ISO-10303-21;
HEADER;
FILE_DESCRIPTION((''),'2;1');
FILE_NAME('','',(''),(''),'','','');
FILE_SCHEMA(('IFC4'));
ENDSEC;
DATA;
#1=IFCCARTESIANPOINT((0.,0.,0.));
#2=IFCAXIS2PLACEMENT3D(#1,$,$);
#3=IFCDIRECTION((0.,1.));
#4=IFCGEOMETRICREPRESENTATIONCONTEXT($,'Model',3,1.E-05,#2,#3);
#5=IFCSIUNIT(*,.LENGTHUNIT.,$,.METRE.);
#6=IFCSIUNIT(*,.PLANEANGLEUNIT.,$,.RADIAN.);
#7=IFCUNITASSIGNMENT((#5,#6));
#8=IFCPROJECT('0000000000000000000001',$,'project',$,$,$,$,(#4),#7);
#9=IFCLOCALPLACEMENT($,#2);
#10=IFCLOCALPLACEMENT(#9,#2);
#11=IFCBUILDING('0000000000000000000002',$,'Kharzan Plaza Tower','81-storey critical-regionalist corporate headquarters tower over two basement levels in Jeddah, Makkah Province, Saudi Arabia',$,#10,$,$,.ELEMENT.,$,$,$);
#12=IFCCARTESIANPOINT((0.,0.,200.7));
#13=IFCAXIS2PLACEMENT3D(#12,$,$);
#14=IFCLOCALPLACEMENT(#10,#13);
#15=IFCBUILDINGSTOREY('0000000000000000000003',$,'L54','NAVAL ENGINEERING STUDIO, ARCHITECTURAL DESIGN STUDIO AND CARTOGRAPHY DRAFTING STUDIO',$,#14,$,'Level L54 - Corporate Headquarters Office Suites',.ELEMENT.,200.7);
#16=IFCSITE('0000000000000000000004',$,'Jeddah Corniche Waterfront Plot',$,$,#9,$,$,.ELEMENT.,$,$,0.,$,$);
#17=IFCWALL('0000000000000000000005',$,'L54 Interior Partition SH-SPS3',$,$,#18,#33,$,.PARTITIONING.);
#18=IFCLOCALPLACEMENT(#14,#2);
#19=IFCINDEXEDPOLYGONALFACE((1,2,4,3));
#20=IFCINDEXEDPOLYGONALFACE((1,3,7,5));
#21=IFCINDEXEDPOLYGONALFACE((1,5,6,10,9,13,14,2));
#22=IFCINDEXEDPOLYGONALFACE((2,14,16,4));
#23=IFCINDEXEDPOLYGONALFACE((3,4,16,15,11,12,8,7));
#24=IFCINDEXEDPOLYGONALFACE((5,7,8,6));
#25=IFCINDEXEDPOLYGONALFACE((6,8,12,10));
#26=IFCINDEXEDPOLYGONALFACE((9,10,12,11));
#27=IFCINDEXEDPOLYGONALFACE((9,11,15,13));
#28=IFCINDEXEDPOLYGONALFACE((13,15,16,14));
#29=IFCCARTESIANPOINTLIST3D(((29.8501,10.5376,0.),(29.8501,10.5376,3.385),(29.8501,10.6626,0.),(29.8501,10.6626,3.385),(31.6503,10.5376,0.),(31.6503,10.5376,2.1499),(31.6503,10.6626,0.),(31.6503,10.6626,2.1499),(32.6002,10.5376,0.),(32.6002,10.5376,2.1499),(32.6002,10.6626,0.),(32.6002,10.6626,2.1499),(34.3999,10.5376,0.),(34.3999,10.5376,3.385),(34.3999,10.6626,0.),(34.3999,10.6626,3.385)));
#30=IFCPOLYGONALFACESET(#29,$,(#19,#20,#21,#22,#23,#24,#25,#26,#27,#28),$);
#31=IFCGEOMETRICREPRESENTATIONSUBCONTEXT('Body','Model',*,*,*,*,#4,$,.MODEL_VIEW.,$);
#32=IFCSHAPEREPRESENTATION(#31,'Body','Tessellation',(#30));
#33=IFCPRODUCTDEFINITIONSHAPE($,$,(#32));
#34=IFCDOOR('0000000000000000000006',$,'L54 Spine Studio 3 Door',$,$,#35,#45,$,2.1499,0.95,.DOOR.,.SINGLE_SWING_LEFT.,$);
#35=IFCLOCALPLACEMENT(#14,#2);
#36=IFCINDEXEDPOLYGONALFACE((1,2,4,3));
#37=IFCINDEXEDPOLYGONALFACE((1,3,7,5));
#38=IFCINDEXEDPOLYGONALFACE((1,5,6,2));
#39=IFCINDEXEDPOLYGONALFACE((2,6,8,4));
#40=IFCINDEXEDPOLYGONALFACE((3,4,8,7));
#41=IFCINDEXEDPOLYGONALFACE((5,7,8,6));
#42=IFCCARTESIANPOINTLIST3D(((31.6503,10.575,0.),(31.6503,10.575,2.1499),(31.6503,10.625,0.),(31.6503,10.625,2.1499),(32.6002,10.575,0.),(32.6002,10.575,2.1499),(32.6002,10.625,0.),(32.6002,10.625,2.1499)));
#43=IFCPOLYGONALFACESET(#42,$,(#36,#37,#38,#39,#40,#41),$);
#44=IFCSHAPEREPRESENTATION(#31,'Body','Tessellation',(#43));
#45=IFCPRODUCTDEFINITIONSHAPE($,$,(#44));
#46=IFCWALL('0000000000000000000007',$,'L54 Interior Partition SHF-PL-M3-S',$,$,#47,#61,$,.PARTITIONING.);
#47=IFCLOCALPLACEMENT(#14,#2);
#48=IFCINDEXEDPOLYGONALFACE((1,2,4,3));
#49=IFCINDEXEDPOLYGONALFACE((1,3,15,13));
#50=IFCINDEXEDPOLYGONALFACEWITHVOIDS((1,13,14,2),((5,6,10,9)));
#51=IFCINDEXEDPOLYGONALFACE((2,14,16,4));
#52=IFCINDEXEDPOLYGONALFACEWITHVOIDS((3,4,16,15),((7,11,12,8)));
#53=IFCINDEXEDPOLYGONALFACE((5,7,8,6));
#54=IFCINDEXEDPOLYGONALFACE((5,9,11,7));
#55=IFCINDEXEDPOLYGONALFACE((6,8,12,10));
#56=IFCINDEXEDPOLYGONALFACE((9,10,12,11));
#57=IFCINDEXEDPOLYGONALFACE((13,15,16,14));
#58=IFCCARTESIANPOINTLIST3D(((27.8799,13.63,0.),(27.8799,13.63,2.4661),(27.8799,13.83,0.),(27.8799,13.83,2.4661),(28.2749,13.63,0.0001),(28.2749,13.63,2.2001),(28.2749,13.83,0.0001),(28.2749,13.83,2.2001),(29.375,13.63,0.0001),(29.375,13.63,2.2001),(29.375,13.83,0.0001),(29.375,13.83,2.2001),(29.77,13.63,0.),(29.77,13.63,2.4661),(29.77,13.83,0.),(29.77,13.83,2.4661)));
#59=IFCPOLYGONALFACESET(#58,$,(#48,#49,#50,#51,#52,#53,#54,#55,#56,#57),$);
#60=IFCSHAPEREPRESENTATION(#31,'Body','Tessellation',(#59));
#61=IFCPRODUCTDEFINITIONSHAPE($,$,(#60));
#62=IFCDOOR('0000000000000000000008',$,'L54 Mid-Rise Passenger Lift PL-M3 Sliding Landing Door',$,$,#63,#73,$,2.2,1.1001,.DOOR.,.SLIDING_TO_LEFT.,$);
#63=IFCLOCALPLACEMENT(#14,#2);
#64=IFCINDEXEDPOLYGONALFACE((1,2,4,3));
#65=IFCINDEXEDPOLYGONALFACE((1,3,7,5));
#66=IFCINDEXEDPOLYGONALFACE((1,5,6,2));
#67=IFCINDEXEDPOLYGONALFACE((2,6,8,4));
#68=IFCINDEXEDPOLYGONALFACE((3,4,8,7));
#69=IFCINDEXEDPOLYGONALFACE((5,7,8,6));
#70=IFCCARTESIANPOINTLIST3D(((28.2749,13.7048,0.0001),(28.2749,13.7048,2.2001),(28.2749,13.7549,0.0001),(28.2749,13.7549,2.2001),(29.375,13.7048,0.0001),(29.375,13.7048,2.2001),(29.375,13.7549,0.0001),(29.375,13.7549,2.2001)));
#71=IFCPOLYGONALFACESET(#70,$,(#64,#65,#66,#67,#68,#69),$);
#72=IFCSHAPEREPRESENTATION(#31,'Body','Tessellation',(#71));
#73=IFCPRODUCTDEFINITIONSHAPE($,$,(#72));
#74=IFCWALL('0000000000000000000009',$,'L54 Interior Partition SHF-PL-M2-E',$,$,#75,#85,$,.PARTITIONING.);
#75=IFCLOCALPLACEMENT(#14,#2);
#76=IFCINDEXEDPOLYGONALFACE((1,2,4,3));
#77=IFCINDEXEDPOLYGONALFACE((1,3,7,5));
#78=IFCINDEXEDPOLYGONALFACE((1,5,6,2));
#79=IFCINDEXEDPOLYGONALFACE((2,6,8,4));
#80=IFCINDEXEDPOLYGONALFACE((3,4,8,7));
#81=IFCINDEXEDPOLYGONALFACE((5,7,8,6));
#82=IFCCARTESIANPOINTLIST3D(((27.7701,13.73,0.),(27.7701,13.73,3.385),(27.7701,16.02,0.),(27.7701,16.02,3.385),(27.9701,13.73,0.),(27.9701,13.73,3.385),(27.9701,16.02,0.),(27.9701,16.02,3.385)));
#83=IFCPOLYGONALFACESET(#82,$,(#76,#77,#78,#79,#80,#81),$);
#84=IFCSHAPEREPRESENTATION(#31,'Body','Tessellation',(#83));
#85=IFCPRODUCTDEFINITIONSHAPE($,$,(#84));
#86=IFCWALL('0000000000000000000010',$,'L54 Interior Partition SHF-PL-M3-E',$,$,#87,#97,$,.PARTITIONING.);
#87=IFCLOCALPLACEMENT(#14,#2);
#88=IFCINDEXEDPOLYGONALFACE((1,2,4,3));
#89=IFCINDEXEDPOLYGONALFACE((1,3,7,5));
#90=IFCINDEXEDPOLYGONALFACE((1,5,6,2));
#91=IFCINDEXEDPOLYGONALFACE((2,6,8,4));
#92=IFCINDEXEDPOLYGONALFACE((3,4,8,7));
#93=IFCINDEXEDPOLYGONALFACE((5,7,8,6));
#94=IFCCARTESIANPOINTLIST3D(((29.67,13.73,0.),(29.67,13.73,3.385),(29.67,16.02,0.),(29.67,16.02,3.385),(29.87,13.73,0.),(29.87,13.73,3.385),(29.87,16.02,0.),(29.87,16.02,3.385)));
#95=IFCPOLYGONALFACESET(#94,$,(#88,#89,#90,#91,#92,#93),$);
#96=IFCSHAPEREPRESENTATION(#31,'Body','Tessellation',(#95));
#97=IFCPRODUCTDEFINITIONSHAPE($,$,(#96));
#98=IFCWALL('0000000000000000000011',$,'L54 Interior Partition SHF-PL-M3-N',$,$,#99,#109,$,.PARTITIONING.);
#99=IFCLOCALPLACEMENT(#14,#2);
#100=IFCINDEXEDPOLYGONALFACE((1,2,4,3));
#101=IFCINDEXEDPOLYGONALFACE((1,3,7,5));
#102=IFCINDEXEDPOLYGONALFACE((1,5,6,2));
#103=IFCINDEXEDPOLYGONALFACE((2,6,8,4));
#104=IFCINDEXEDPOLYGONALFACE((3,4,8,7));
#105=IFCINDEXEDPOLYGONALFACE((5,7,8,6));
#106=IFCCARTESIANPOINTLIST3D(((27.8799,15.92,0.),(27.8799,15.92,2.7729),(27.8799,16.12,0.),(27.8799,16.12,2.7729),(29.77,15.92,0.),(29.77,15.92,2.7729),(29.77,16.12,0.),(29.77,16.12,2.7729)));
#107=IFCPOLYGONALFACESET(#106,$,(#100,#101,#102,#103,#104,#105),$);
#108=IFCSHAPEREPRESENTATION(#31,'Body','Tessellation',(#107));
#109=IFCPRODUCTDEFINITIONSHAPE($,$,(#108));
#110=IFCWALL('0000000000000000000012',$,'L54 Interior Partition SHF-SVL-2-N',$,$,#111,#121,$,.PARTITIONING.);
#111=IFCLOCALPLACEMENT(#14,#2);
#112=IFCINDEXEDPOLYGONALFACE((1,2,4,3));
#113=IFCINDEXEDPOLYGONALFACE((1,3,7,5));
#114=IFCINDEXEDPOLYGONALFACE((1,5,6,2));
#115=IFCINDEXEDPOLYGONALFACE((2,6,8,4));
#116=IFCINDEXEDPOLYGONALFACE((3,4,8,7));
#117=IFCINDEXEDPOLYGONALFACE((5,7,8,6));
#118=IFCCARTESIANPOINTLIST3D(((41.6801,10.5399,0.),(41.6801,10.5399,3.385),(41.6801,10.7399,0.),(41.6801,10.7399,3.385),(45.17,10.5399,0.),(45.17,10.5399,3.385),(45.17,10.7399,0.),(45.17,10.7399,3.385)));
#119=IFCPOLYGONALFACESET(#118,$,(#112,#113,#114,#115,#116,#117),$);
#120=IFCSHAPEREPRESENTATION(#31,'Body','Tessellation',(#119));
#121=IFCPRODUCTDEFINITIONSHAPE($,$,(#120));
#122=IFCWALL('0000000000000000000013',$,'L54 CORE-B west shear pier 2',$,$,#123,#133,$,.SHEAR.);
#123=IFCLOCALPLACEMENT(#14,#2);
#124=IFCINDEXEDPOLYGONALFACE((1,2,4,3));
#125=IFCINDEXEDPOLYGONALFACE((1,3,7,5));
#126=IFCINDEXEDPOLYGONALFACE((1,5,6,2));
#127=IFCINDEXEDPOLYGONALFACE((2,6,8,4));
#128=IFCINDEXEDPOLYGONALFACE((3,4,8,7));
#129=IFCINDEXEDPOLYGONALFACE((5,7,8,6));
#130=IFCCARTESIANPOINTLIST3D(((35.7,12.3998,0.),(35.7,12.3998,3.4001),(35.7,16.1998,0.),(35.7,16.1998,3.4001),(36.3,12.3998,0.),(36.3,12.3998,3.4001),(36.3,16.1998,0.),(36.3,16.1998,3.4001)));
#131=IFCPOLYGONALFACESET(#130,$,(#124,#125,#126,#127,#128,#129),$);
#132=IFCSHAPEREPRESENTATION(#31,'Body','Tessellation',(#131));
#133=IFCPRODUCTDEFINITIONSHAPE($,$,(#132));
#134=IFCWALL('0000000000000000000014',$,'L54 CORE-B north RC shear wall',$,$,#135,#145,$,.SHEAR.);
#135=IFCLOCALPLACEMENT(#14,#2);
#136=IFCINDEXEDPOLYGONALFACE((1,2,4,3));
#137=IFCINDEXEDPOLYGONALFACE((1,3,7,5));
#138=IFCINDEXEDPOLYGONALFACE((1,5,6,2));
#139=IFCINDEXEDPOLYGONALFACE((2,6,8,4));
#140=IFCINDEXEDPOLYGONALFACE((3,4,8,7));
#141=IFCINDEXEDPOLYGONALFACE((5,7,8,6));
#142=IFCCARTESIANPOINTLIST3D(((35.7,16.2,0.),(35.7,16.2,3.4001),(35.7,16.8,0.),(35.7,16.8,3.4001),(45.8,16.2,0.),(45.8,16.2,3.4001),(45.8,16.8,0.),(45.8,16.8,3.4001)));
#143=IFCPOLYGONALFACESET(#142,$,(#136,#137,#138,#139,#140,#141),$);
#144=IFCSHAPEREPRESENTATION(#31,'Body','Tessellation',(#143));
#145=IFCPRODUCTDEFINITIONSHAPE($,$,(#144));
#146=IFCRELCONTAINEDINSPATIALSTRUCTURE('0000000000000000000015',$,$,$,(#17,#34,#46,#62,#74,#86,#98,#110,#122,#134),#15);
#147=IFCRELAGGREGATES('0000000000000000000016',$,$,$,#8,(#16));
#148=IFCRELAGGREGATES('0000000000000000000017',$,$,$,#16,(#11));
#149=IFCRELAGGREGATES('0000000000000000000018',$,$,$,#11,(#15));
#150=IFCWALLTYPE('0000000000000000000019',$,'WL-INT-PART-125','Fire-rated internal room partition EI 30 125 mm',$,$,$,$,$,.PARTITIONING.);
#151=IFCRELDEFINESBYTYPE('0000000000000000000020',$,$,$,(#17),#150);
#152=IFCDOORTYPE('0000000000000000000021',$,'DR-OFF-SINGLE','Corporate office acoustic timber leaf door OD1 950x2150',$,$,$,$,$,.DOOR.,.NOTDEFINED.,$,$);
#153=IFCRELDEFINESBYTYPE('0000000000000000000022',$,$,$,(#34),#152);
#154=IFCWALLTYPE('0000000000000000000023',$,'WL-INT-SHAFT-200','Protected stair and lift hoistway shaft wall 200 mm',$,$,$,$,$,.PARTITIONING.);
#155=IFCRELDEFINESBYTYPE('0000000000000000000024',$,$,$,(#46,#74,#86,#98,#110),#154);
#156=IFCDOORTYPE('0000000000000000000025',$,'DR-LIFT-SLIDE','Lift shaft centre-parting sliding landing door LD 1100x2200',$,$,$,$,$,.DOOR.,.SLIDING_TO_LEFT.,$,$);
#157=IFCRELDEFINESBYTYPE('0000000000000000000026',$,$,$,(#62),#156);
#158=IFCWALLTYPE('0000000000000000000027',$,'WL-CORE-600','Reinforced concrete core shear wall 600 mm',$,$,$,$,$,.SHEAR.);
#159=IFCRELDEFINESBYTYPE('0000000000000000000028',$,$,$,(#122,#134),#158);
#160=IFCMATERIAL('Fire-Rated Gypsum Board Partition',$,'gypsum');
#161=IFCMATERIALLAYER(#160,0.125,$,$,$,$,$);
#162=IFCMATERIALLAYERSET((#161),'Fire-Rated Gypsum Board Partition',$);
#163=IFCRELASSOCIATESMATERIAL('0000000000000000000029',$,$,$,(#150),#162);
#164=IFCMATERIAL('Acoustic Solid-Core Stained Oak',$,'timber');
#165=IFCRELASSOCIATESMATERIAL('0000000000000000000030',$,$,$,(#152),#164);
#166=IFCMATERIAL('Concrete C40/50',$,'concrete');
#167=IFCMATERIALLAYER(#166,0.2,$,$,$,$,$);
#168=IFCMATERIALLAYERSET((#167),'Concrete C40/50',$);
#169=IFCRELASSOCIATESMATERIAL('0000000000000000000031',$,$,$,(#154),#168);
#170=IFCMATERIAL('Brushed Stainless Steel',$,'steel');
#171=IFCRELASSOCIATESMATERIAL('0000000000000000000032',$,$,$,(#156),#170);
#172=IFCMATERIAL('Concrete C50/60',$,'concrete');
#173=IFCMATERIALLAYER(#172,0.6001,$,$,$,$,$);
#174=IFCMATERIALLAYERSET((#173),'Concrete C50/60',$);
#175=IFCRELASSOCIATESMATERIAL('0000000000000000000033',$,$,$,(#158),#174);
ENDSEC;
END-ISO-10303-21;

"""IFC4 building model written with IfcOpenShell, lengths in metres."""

from ifc_helpers import new_model, si_unit, direction, frame, frame_2d, origin, place, context, subcontext, project, spatial, rectangle, extrude, source, transform, mapped, material, layer, layer_set, type_object, element, fill, save


model = new_model("IFC4")

# Units and contexts
model_context = context("Model", 3, precision=1e-05, world=origin(), true_north=direction((0.0, 1.0)))
body_context = subcontext(model_context, "Body", "Model", "MODEL_VIEW")
ifc_project = project(units=[si_unit("LENGTHUNIT", "METRE"), si_unit("PLANEANGLEUNIT", "RADIAN")], contexts=[model_context])

# Site, building, storey
site_placement = place(None, origin())
site = spatial("IfcSite", under=ifc_project, at=site_placement, Name="Jeddah Corniche Waterfront Plot", CompositionType="ELEMENT", RefElevation=0.0)
building_placement = place(site_placement, origin())
building = spatial("IfcBuilding", under=site, at=building_placement, Name="Kharzan Plaza Tower", Description="81-storey critical-regionalist corporate headquarters tower over two basement levels in Jeddah, Makkah Province, Saudi Arabia", CompositionType="ELEMENT")
storey_placement = place(building_placement, frame((0.0, 0.0, 200.7)))
storey = spatial("IfcBuildingStorey", under=building, at=storey_placement, Name="L54", Description="NAVAL ENGINEERING STUDIO, ARCHITECTURAL DESIGN STUDIO AND CARTOGRAPHY DRAFTING STUDIO", LongName="Level L54 - Corporate Headquarters Office Suites", CompositionType="ELEMENT", Elevation=200.7)

# Shared definitions
ifc_material_1 = material(Name="Concrete C50/60", Category="concrete")

# Shared definitions
ifc_material_2 = material(Name="Concrete C40/50", Category="concrete")

# Walls, openings, doors
ifc_material_3 = material(Name="Fire-Rated Gypsum Board Partition", Category="gypsum")
ifc_layer_1 = layer(ifc_material_3, 0.125)
ifc_layer_set_1 = layer_set([ifc_layer_1], Name="Fire-Rated Gypsum Board Partition")
wall_type_1 = type_object("IfcWallType", Name="WL-INT-PART-125", Description="Fire-rated internal room partition EI 30 125 mm", PredefinedType="PARTITIONING", material=ifc_layer_set_1)
ifc_material_4 = material(Name="Acoustic Solid-Core Stained Oak", Category="timber")
door_type_1 = type_object("IfcDoorType", Name="DR-OFF-SINGLE", Description="Corporate office acoustic timber leaf door OD1 950x2150", OperationType="NOTDEFINED", PredefinedType="DOOR", material=ifc_material_4)
shared_shape_1 = source(origin(), body_context, "Body", "SweptSolid", [
    extrude(rectangle(XDim=0.95, YDim=2.1499, at=frame_2d((0.4751, 1.075))), frame((0.0, 0.0249, 0.0), z_axis=(0.0, -1.0, 0.0), x_axis=(1.0, 0.0, 0.0)), (0.0, 0.0, 1.0), 0.05),
])
wall_1_placement = place(storey_placement, frame((29.8501, 10.6001, 0.0), z_axis=(0.0, 0.0, 1.0), x_axis=(1.0, 0.0, 0.0)))
wall_1 = element("IfcWall", 1, at=wall_1_placement, inside=storey, type_object=wall_type_1, Name="L54 Interior Partition SH-SPS3", PredefinedType="PARTITIONING", context=body_context, shape_type="SweptSolid", body=[
    extrude(rectangle(XDim=4.5498, YDim=0.125, at=frame_2d((2.2749, 0.0))), origin(), (0.0, 0.0, 1.0), 3.385),
])
opening_1_placement = place(wall_1_placement, frame((1.8, 0.0, 0.0)))
opening_1 = element("IfcOpeningElement", 2, at=opening_1_placement, cuts=wall_1, PredefinedType="OPENING", context=body_context, shape_type="SweptSolid", body=[
    extrude(rectangle(XDim=0.95, YDim=2.1499, at=frame_2d((0.4751, 1.075))), frame((0.0, 0.0725, 0.0), z_axis=(0.0, -1.0, 0.0), x_axis=(1.0, 0.0, 0.0)), (0.0, 0.0, 1.0), 0.145),
])
door_1_placement = place(opening_1_placement, origin())
door_1 = element("IfcDoor", 3, at=door_1_placement, inside=storey, type_object=door_type_1, Name="L54 Spine Studio 3 Door", OperationType="SINGLE_SWING_LEFT", OverallHeight=2.1499, OverallWidth=0.95, PredefinedType="DOOR", context=body_context, shape_type="MappedRepresentation", body=[
    mapped(shared_shape_1, transform((0.0, 0.0, 0.0), x_axis=(1.0, 0.0, 0.0), y_axis=(0.0, 1.0, 0.0), z_axis=(0.0, 0.0, 1.0))),
])
fill(opening_1, door_1)
ifc_layer_2 = layer(ifc_material_2, 0.2)
ifc_layer_set_2 = layer_set([ifc_layer_2], Name="Concrete C40/50")
wall_type_2 = type_object("IfcWallType", Name="WL-INT-SHAFT-200", Description="Protected stair and lift hoistway shaft wall 200 mm", PredefinedType="PARTITIONING", material=ifc_layer_set_2)
wall_2_placement = place(storey_placement, frame((27.8799, 13.73, 0.0), z_axis=(0.0, 0.0, 1.0), x_axis=(1.0, 0.0, 0.0)))
wall_2 = element("IfcWall", 4, at=wall_2_placement, inside=storey, type_object=wall_type_2, Name="L54 Interior Partition SHF-PL-M3-S", PredefinedType="PARTITIONING", context=body_context, shape_type="SweptSolid", body=[
    extrude(rectangle(XDim=1.8901, YDim=0.2, at=frame_2d((0.9451, 0.0))), origin(), (0.0, 0.0, 1.0), 2.4661),
])
opening_2_placement = place(wall_2_placement, frame((0.395, 0.0, 0.0)))
opening_2 = element("IfcOpeningElement", 5, at=opening_2_placement, cuts=wall_2, PredefinedType="OPENING", context=body_context, shape_type="SweptSolid", body=[
    extrude(rectangle(XDim=1.1001, YDim=2.2, at=frame_2d((0.55, 1.1001))), frame((0.0, 0.1099, 0.0), z_axis=(0.0, -1.0, 0.0), x_axis=(1.0, 0.0, 0.0)), (0.0, 0.0, 1.0), 0.22),
])
ifc_material_5 = material(Name="Brushed Stainless Steel", Category="steel")
door_type_2 = type_object("IfcDoorType", Name="DR-LIFT-SLIDE", Description="Lift shaft centre-parting sliding landing door LD 1100x2200", OperationType="SLIDING_TO_LEFT", PredefinedType="DOOR", material=ifc_material_5)
shared_shape_2 = source(origin(), body_context, "Body", "SweptSolid", [
    extrude(rectangle(XDim=1.1001, YDim=2.2, at=frame_2d((0.55, 1.1001))), frame((0.0, 0.0249, 0.0), z_axis=(0.0, -1.0, 0.0), x_axis=(1.0, 0.0, 0.0)), (0.0, 0.0, 1.0), 0.05),
])
door_2_placement = place(opening_2_placement, origin())
door_2 = element("IfcDoor", 6, at=door_2_placement, inside=storey, type_object=door_type_2, Name="L54 Mid-Rise Passenger Lift PL-M3 Sliding Landing Door", OperationType="SLIDING_TO_LEFT", OverallHeight=2.2, OverallWidth=1.1001, PredefinedType="DOOR", context=body_context, shape_type="MappedRepresentation", body=[
    mapped(shared_shape_2, transform((0.0, 0.0, 0.0), x_axis=(1.0, 0.0, 0.0), y_axis=(0.0, 1.0, 0.0), z_axis=(0.0, 0.0, 1.0))),
])
fill(opening_2, door_2)

# Walls
shared_shape_3 = source(origin(), body_context, "Body", "SweptSolid", [
    extrude(rectangle(XDim=2.29, YDim=0.2, at=frame_2d((1.145, 0.0))), origin(), (0.0, 0.0, 1.0), 3.385),
])
for number, where, z_axis, x_axis, name in (
    (7, (27.8701, 13.73, 0.0), (0.0, 0.0, 1.0), (0.0, 1.0, 0.0), "L54 Interior Partition SHF-PL-M2-E"),
    (8, (29.77, 13.73, 0.0), (0.0, 0.0, 1.0), (0.0, 1.0, 0.0), "L54 Interior Partition SHF-PL-M3-E"),
):
    element("IfcWall", number, at=place(storey_placement, frame(where, z_axis=z_axis, x_axis=x_axis)), inside=storey, type_object=wall_type_2, Name=name, PredefinedType="PARTITIONING", context=body_context, shape_type="MappedRepresentation", body=[
        mapped(shared_shape_3, transform((0.0, 0.0, 0.0), x_axis=(1.0, 0.0, 0.0), y_axis=(0.0, 1.0, 0.0), z_axis=(0.0, 0.0, 1.0))),
    ])
shared_shape_4 = source(origin(), body_context, "Body", "SweptSolid", [
    extrude(rectangle(XDim=1.8901, YDim=0.2, at=frame_2d((0.9451, 0.0))), origin(), (0.0, 0.0, 1.0), 2.7729),
])
wall_3_placement = place(storey_placement, frame((27.8799, 16.02, 0.0), z_axis=(0.0, 0.0, 1.0), x_axis=(1.0, 0.0, 0.0)))
element("IfcWall", 9, at=wall_3_placement, inside=storey, type_object=wall_type_2, Name="L54 Interior Partition SHF-PL-M3-N", PredefinedType="PARTITIONING", context=body_context, shape_type="MappedRepresentation", body=[
    mapped(shared_shape_4, transform((0.0, 0.0, 0.0), x_axis=(1.0, 0.0, 0.0), y_axis=(0.0, 1.0, 0.0), z_axis=(0.0, 0.0, 1.0))),
])
shared_shape_5 = source(origin(), body_context, "Body", "SweptSolid", [
    extrude(rectangle(XDim=3.49, YDim=0.2, at=frame_2d((1.7451, 0.0))), origin(), (0.0, 0.0, 1.0), 3.385),
])
wall_4_placement = place(storey_placement, frame((41.6799, 10.6399, 0.0), z_axis=(0.0, 0.0, 1.0), x_axis=(1.0, 0.0, 0.0)))
element("IfcWall", 10, at=wall_4_placement, inside=storey, type_object=wall_type_2, Name="L54 Interior Partition SHF-SVL-2-N", PredefinedType="PARTITIONING", context=body_context, shape_type="MappedRepresentation", body=[
    mapped(shared_shape_5, transform((0.0, 0.0, 0.0), x_axis=(1.0, 0.0, 0.0), y_axis=(0.0, 1.0, 0.0), z_axis=(0.0, 0.0, 1.0))),
])
ifc_layer_3 = layer(ifc_material_1, 0.6001)
ifc_layer_set_3 = layer_set([ifc_layer_3], Name="Concrete C50/60")
wall_type_3 = type_object("IfcWallType", Name="WL-CORE-600", Description="Reinforced concrete core shear wall 600 mm", PredefinedType="SHEAR", material=ifc_layer_set_3)
shared_shape_6 = source(origin(), body_context, "Body", "SweptSolid", [
    extrude(rectangle(XDim=3.8, YDim=0.6001, at=frame_2d((1.8999, 0.0))), origin(), (0.0, 0.0, 1.0), 3.4001),
])
wall_5_placement = place(storey_placement, frame((36.0, 12.3999, 0.0), z_axis=(0.0, 0.0, 1.0), x_axis=(0.0, 1.0, 0.0)))
element("IfcWall", 11, at=wall_5_placement, inside=storey, type_object=wall_type_3, Name="L54 CORE-B west shear pier 2", PredefinedType="SHEAR", context=body_context, shape_type="MappedRepresentation", body=[
    mapped(shared_shape_6, transform((0.0, 0.0, 0.0), x_axis=(1.0, 0.0, 0.0), y_axis=(0.0, 1.0, 0.0), z_axis=(0.0, 0.0, 1.0))),
])
shared_shape_7 = source(origin(), body_context, "Body", "SweptSolid", [
    extrude(rectangle(XDim=10.1001, YDim=0.6001, at=frame_2d((5.05, 0.0))), origin(), (0.0, 0.0, 1.0), 3.4001),
])
wall_6_placement = place(storey_placement, frame((35.7, 16.5, 0.0), z_axis=(0.0, 0.0, 1.0), x_axis=(1.0, 0.0, 0.0)))
element("IfcWall", 12, at=wall_6_placement, inside=storey, type_object=wall_type_3, Name="L54 CORE-B north RC shear wall", PredefinedType="SHEAR", context=body_context, shape_type="MappedRepresentation", body=[
    mapped(shared_shape_7, transform((0.0, 0.0, 0.0), x_axis=(1.0, 0.0, 0.0), y_axis=(0.0, 1.0, 0.0), z_axis=(0.0, 0.0, 1.0))),
])

save(model, "model.ifc")
